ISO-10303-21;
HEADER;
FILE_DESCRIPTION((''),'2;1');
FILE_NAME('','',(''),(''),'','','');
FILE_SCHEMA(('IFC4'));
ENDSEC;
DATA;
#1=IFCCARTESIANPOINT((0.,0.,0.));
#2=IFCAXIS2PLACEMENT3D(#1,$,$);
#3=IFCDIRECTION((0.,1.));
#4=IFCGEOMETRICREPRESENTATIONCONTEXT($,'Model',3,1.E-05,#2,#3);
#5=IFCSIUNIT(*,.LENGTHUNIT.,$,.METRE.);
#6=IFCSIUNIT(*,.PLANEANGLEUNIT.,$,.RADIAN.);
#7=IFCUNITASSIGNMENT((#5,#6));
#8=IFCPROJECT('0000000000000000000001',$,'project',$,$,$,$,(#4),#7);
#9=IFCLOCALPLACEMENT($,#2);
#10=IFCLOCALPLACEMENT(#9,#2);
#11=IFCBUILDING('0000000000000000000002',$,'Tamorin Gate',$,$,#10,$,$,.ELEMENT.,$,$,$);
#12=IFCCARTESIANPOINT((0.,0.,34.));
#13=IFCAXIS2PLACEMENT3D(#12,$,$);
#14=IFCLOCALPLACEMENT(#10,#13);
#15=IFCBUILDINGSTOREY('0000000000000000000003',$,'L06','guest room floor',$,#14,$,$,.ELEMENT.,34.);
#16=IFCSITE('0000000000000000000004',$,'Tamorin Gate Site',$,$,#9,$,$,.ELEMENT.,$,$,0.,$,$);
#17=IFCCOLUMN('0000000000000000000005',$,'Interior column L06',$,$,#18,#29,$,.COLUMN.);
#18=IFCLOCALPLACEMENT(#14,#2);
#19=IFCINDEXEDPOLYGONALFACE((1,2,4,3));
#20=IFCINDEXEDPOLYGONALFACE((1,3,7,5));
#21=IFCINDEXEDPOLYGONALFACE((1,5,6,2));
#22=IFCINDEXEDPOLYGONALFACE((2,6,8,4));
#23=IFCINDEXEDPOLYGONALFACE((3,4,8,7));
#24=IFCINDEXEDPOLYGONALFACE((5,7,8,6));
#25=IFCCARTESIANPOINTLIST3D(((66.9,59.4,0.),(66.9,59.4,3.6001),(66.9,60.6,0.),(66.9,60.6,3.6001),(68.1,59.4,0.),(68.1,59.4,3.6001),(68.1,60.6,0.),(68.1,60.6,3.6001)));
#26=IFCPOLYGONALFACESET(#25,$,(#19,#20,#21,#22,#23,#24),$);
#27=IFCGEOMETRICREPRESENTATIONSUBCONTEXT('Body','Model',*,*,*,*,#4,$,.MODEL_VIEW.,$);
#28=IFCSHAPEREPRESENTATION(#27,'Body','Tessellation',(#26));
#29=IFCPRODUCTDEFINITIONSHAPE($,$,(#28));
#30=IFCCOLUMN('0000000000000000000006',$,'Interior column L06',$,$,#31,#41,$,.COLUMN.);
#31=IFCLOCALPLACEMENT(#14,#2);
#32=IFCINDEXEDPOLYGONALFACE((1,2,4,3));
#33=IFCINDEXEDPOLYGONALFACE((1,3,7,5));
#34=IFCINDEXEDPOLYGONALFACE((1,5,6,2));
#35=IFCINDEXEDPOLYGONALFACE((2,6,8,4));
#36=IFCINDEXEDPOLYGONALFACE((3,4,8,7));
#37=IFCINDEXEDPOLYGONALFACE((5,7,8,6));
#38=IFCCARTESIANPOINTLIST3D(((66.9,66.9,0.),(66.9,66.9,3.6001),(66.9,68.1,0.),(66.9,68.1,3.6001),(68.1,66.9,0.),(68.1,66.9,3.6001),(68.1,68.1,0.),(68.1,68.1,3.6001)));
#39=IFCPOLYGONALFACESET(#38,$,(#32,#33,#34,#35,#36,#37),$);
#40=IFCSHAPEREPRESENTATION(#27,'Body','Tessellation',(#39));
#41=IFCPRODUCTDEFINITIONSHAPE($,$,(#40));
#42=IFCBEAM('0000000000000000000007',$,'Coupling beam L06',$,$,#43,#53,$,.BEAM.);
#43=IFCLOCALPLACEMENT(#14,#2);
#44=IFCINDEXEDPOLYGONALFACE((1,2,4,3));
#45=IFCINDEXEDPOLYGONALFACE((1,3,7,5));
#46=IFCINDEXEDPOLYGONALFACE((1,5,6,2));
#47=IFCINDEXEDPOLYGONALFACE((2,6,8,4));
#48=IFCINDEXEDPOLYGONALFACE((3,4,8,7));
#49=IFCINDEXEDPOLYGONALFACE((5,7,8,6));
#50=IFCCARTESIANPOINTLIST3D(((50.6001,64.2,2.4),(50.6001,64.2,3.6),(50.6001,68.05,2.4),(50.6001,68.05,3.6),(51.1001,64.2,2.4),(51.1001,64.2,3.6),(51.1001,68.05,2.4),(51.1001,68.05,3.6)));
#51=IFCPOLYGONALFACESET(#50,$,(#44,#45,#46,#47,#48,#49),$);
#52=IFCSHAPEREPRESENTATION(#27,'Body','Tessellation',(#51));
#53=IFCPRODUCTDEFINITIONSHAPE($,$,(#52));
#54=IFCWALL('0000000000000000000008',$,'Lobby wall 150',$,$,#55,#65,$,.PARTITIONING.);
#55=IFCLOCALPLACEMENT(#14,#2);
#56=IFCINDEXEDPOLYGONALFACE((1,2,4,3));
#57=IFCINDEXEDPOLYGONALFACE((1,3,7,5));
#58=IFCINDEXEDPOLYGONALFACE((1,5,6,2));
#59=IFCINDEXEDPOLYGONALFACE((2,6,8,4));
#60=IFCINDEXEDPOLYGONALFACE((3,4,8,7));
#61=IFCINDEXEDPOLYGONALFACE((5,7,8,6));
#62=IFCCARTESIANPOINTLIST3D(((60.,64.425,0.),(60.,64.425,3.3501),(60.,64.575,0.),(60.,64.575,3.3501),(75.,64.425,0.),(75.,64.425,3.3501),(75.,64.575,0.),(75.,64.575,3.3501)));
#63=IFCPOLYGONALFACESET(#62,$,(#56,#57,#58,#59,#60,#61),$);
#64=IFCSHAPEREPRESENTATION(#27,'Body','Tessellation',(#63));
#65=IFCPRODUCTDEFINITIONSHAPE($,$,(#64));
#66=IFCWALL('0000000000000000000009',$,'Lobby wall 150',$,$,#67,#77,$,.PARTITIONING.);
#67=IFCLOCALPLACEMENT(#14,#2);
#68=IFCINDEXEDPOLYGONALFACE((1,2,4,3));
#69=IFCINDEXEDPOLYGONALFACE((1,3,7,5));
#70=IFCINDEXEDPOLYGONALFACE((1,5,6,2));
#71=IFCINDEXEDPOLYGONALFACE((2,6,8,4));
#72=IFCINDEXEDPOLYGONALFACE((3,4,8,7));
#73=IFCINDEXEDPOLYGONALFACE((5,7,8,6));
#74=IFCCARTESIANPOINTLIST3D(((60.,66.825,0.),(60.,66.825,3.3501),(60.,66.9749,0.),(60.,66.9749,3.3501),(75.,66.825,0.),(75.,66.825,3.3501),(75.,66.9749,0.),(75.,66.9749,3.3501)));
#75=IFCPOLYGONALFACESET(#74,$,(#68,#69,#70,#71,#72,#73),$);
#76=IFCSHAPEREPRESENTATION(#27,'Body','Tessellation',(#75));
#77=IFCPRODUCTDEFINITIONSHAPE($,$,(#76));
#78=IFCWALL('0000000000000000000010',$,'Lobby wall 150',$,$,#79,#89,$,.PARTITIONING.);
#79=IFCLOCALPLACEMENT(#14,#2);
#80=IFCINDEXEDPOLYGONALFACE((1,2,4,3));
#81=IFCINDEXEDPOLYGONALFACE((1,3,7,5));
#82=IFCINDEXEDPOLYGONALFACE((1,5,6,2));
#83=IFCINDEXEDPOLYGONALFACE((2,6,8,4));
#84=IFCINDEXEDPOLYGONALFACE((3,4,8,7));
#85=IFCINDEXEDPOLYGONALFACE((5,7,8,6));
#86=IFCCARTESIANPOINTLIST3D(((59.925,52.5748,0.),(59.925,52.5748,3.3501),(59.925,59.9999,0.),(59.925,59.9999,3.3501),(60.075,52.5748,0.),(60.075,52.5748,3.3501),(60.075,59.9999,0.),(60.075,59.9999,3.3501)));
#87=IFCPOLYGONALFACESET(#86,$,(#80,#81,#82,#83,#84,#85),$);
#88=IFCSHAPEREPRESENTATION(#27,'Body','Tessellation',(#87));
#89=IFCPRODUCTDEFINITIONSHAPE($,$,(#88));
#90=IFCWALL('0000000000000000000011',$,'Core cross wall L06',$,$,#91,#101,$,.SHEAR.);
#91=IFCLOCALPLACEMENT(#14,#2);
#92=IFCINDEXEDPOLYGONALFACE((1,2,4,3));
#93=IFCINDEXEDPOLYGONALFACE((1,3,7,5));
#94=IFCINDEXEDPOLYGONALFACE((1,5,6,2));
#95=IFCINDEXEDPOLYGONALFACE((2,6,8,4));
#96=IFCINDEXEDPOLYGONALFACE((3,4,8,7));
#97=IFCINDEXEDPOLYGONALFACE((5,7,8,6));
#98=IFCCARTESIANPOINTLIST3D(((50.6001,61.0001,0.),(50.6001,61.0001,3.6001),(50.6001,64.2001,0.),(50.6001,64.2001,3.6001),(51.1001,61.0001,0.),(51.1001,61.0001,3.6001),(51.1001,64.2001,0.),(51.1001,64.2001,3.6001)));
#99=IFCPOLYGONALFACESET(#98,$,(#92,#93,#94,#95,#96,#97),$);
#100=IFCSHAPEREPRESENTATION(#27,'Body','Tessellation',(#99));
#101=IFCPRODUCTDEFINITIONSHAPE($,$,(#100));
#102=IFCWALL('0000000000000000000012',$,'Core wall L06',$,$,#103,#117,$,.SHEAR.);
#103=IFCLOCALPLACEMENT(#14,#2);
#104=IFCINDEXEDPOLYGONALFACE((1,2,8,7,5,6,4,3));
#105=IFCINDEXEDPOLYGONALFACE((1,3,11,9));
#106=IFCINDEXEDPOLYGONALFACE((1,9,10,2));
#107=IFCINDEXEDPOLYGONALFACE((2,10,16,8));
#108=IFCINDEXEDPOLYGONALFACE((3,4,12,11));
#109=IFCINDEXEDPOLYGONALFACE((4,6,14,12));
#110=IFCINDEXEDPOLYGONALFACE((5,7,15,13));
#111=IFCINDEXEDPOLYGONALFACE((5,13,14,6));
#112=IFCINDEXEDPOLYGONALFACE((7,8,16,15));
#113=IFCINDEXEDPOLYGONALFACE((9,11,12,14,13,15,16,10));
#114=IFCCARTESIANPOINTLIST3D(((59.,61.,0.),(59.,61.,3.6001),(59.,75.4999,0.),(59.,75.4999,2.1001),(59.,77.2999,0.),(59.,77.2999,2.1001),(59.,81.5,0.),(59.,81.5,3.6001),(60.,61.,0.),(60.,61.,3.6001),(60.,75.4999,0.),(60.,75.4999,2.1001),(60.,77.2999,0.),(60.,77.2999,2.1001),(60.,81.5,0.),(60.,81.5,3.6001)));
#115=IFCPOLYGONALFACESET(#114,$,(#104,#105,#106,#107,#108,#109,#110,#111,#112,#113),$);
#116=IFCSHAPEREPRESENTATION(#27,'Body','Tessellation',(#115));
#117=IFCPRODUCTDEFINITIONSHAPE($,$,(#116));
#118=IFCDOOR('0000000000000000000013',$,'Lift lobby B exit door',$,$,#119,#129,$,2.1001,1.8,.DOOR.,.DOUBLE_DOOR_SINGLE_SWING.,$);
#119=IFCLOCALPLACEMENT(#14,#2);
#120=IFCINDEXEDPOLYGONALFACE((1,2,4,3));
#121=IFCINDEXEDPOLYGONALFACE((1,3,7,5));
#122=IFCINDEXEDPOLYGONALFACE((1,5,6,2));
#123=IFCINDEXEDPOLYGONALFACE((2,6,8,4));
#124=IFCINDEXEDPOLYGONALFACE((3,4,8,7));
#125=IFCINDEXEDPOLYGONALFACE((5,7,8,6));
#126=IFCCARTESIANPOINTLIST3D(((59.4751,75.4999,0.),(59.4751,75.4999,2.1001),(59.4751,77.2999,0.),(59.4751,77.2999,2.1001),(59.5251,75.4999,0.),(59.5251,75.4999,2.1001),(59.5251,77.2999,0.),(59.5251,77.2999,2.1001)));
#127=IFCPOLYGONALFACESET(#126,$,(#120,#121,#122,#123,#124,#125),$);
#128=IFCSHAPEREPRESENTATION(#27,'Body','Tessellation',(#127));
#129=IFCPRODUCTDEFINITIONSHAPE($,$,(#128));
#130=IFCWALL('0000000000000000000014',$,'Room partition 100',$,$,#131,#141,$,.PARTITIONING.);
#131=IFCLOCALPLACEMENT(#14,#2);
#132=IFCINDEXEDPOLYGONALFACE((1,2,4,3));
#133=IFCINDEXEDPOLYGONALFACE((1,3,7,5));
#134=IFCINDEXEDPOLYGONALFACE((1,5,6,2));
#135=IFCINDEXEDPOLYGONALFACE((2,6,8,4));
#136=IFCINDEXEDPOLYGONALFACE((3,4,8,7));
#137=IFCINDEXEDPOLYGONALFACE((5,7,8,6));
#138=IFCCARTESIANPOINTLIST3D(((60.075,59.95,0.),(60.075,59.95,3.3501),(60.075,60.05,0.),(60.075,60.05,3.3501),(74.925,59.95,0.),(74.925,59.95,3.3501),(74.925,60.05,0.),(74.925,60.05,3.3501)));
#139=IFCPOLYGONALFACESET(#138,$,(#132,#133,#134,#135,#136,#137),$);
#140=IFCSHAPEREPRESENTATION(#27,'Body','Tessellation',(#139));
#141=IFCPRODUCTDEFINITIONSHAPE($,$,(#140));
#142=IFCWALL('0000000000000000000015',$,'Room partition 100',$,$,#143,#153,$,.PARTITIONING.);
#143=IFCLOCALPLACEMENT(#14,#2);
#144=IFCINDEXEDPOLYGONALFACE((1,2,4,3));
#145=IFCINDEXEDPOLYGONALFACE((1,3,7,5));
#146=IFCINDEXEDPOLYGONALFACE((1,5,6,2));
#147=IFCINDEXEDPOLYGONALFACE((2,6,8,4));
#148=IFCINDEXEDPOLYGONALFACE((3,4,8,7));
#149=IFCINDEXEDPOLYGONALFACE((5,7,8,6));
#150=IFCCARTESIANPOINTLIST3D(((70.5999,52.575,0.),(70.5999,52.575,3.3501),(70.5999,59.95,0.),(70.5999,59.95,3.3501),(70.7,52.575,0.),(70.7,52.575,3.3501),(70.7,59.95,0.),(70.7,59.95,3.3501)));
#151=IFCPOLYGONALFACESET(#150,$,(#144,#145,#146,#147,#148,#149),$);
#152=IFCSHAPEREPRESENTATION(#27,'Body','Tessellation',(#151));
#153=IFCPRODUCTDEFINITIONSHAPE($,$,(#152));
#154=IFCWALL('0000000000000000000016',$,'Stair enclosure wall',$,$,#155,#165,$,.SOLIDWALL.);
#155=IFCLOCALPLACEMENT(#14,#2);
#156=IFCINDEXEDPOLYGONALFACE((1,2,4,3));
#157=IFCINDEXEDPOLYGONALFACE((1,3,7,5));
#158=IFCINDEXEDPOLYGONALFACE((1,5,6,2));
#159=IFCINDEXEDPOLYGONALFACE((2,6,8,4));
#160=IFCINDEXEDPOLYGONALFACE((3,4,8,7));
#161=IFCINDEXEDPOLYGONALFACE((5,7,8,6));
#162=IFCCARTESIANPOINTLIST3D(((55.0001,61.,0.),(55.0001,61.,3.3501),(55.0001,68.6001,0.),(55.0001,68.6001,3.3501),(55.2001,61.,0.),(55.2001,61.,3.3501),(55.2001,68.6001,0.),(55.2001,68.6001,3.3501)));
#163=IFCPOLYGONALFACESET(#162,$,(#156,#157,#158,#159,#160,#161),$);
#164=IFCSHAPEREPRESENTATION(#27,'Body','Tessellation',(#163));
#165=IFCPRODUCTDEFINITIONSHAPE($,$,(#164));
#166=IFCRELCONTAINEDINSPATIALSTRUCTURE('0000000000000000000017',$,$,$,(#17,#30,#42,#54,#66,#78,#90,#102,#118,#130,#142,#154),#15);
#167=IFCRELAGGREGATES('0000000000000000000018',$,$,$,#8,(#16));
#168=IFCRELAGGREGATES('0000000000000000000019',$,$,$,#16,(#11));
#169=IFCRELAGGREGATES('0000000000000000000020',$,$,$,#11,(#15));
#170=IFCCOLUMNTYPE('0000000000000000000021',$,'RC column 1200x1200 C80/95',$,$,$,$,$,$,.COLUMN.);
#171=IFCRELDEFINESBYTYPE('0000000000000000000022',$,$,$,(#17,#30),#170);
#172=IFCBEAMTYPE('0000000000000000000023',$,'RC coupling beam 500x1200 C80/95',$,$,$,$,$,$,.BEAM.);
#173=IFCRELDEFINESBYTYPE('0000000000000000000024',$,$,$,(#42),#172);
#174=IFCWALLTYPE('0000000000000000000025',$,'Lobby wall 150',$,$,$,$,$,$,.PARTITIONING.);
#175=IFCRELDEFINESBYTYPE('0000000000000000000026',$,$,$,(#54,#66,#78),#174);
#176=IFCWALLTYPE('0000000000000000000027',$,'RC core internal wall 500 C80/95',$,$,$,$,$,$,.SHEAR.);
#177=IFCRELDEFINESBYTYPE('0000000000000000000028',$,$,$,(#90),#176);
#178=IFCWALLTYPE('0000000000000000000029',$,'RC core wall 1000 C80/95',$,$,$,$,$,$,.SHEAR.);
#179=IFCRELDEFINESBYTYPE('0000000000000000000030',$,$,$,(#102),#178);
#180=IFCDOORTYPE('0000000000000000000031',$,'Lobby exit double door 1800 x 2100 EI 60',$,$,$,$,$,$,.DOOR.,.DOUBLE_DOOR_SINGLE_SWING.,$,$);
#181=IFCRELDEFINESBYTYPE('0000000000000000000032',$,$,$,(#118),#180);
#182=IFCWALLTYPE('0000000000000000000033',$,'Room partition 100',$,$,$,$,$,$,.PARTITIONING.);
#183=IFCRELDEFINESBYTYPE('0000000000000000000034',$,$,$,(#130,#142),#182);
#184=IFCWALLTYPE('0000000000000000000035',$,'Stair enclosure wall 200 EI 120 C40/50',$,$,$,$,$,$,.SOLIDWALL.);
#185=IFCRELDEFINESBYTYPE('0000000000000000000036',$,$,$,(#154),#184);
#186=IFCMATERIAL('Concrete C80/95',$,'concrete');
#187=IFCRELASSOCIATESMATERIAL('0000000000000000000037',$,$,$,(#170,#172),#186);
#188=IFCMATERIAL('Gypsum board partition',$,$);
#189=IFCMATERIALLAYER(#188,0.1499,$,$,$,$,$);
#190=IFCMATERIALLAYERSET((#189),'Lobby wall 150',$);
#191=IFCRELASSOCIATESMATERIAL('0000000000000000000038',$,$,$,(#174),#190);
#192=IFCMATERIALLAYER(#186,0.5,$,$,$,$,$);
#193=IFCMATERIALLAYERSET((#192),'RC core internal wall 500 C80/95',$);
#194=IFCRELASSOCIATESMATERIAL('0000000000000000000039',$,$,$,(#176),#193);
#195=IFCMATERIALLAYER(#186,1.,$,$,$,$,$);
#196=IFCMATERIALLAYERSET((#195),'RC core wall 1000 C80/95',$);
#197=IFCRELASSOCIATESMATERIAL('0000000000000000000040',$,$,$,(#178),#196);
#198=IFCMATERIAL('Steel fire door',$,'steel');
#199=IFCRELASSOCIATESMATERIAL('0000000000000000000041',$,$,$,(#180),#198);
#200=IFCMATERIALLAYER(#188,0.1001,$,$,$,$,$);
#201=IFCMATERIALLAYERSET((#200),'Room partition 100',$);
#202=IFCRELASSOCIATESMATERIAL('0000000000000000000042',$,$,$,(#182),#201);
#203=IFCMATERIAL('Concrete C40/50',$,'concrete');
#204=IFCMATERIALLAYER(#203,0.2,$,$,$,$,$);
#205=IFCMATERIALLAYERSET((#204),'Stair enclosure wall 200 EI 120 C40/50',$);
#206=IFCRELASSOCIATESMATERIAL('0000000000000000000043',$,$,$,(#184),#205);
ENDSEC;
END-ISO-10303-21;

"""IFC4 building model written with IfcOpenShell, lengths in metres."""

from ifc_helpers import new_model, si_unit, direction, frame, frame_2d, origin, origin_2d, place, context, subcontext, project, spatial, rectangle, extrude, material, layer, layer_set, material_profile, profile_set, type_object, element, fill, save


model = new_model("IFC4")

# Units and contexts
model_context = context("Model", 3, precision=1e-05, world=origin(), true_north=direction((0.0, 1.0)))
body_context = subcontext(model_context, "Body", "Model", "MODEL_VIEW")
ifc_project = project(units=[si_unit("LENGTHUNIT", "METRE"), si_unit("PLANEANGLEUNIT", "RADIAN")], contexts=[model_context])

# Site, building, storey
site_placement = place(None, origin())
site = spatial("IfcSite", under=ifc_project, at=site_placement, Name="Tamorin Gate Site", CompositionType="ELEMENT", RefElevation=0.0)
building_placement = place(site_placement, origin())
building = spatial("IfcBuilding", under=site, at=building_placement, Name="Tamorin Gate", CompositionType="ELEMENT")
storey_placement = place(building_placement, frame((0.0, 0.0, 34.0)))
storey = spatial("IfcBuildingStorey", under=building, at=storey_placement, Name="L06", Description="guest room floor", CompositionType="ELEMENT", Elevation=34.0)

# Columns
ifc_material_1 = material(Name="Concrete C80/95", Category="concrete")
ifc_material_profile_1 = material_profile(ifc_material_1, rectangle(XDim=1.2, YDim=1.2, at=origin_2d()), Name="RC 1200x1200")
ifc_profile_set_1 = profile_set([ifc_material_profile_1], Name="Concrete C80/95")
column_type = type_object("IfcColumnType", Name="RC column 1200x1200 C80/95", PredefinedType="COLUMN", material=ifc_profile_set_1)
for number, where, z_axis, x_axis, name in (
    (1, (67.5, 60.0, 0.0), (0.0, 0.0, 1.0), (1.0, 0.0, 0.0), "Interior column L06"),
    (2, (67.5, 67.5, 0.0), (0.0, 0.0, 1.0), (1.0, 0.0, 0.0), "Interior column L06"),
):
    element("IfcColumn", number, at=place(storey_placement, frame(where, z_axis=z_axis, x_axis=x_axis)), inside=storey, type_object=column_type, Name=name, PredefinedType="COLUMN", context=body_context, shape_type="SweptSolid", body=[
        extrude(rectangle(XDim=1.2, YDim=1.2, at=origin_2d()), origin(), (0.0, 0.0, 1.0), 3.6001),
    ])

# Beam
ifc_material_profile_2 = material_profile(ifc_material_1, rectangle(XDim=0.5, YDim=1.2, at=origin_2d()), Name="RC 500x1200")
ifc_profile_set_2 = profile_set([ifc_material_profile_2], Name="Concrete C80/95")
beam_type = type_object("IfcBeamType", Name="RC coupling beam 500x1200 C80/95", PredefinedType="BEAM", material=ifc_profile_set_2)
beam_placement = place(storey_placement, frame((50.8501, 64.2, 3.0), z_axis=(0.0, 1.0, 0.0), x_axis=(-1.0, 0.0, 0.0)))
element("IfcBeam", 3, at=beam_placement, inside=storey, type_object=beam_type, Name="Coupling beam L06", PredefinedType="BEAM", context=body_context, shape_type="SweptSolid", body=[
    extrude(rectangle(XDim=0.5, YDim=1.2, at=origin_2d()), origin(), (0.0, 0.0, 1.0), 3.8501),
])

# Walls
ifc_material_2 = material(Name="Gypsum board partition")
ifc_layer_1 = layer(ifc_material_2, 0.1499)
ifc_layer_set_1 = layer_set([ifc_layer_1], Name="Lobby wall 150")
wall_type_1 = type_object("IfcWallType", Name="Lobby wall 150", PredefinedType="PARTITIONING", material=ifc_layer_set_1)
for number, where, z_axis, x_axis, name in (
    (4, (60.0, 64.5, 0.0), (0.0, 0.0, 1.0), (1.0, 0.0, 0.0), "Lobby wall 150"),
    (5, (60.0, 66.8999, 0.0), (0.0, 0.0, 1.0), (1.0, 0.0, 0.0), "Lobby wall 150"),
):
    element("IfcWall", number, at=place(storey_placement, frame(where, z_axis=z_axis, x_axis=x_axis)), inside=storey, type_object=wall_type_1, Name=name, PredefinedType="PARTITIONING", context=body_context, shape_type="SweptSolid", body=[
        extrude(rectangle(XDim=15.0, YDim=0.1499, at=frame_2d((7.5, 0.0))), origin(), (0.0, 0.0, 1.0), 3.3501),
    ])
wall_1_placement = place(storey_placement, frame((60.0, 52.575, 0.0), z_axis=(0.0, 0.0, 1.0), x_axis=(0.0, 1.0, 0.0)))
element("IfcWall", 6, at=wall_1_placement, inside=storey, type_object=wall_type_1, Name="Lobby wall 150", PredefinedType="PARTITIONING", context=body_context, shape_type="SweptSolid", body=[
    extrude(rectangle(XDim=7.425, YDim=0.1499, at=frame_2d((3.7124, 0.0))), origin(), (0.0, 0.0, 1.0), 3.3501),
])
ifc_layer_2 = layer(ifc_material_1, 0.5)
ifc_layer_set_2 = layer_set([ifc_layer_2], Name="RC core internal wall 500 C80/95")
wall_type_2 = type_object("IfcWallType", Name="RC core internal wall 500 C80/95", PredefinedType="SHEAR", material=ifc_layer_set_2)
wall_2_placement = place(storey_placement, frame((50.8501, 61.0, 0.0), z_axis=(0.0, 0.0, 1.0), x_axis=(0.0, 1.0, 0.0)))
element("IfcWall", 7, at=wall_2_placement, inside=storey, type_object=wall_type_2, Name="Core cross wall L06", PredefinedType="SHEAR", context=body_context, shape_type="SweptSolid", body=[
    extrude(rectangle(XDim=3.2, YDim=0.5, at=frame_2d((1.6001, 0.0))), origin(), (0.0, 0.0, 1.0), 3.6001),
])

# Wall, opening, door
ifc_layer_3 = layer(ifc_material_1, 1.0)
ifc_layer_set_3 = layer_set([ifc_layer_3], Name="RC core wall 1000 C80/95")
wall_type_3 = type_object("IfcWallType", Name="RC core wall 1000 C80/95", PredefinedType="SHEAR", material=ifc_layer_set_3)
wall_3_placement = place(storey_placement, frame((59.5, 61.0, 0.0), z_axis=(0.0, 0.0, 1.0), x_axis=(0.0, 1.0, 0.0)))
wall_3 = element("IfcWall", 8, at=wall_3_placement, inside=storey, type_object=wall_type_3, Name="Core wall L06", PredefinedType="SHEAR", context=body_context, shape_type="SweptSolid", body=[
    extrude(rectangle(XDim=20.5, YDim=1.0, at=frame_2d((10.25, 0.0))), origin(), (0.0, 0.0, 1.0), 3.6001),
])
opening_placement = place(wall_3_placement, frame((14.5, 0.0, 0.0)))
opening = element("IfcOpeningElement", 9, at=opening_placement, cuts=wall_3, PredefinedType="OPENING", context=body_context, shape_type="SweptSolid", body=[
    extrude(rectangle(XDim=1.8, YDim=2.1001, at=frame_2d((0.8999, 1.05))), frame((0.0, 0.51, 0.0), z_axis=(0.0, -1.0, 0.0), x_axis=(1.0, 0.0, 0.0)), (0.0, 0.0, 1.0), 1.02),
])
ifc_material_3 = material(Name="Steel fire door", Category="steel")
door_type = type_object("IfcDoorType", Name="Lobby exit double door 1800 x 2100 EI 60", OperationType="DOUBLE_DOOR_SINGLE_SWING", PredefinedType="DOOR", material=ifc_material_3)
door_placement = place(opening_placement, origin())
door = element("IfcDoor", 10, at=door_placement, inside=storey, type_object=door_type, Name="Lift lobby B exit door", OperationType="DOUBLE_DOOR_SINGLE_SWING", OverallHeight=2.1001, OverallWidth=1.8, PredefinedType="DOOR", context=body_context, shape_type="SweptSolid", body=[
    extrude(rectangle(XDim=1.8, YDim=2.1001, at=frame_2d((0.8999, 1.05))), frame((0.0, 0.0249, 0.0), z_axis=(0.0, -1.0, 0.0), x_axis=(1.0, 0.0, 0.0)), (0.0, 0.0, 1.0), 0.05),
])
fill(opening, door)

# Walls
ifc_layer_4 = layer(ifc_material_2, 0.1001)
ifc_layer_set_4 = layer_set([ifc_layer_4], Name="Room partition 100")
wall_type_4 = type_object("IfcWallType", Name="Room partition 100", PredefinedType="PARTITIONING", material=ifc_layer_set_4)
wall_4_placement = place(storey_placement, frame((60.075, 60.0, 0.0), z_axis=(0.0, 0.0, 1.0), x_axis=(1.0, 0.0, 0.0)))
element("IfcWall", 11, at=wall_4_placement, inside=storey, type_object=wall_type_4, Name="Room partition 100", PredefinedType="PARTITIONING", context=body_context, shape_type="SweptSolid", body=[
    extrude(rectangle(XDim=14.8501, YDim=0.1001, at=frame_2d((7.425, 0.0))), origin(), (0.0, 0.0, 1.0), 3.3501),
])
wall_5_placement = place(storey_placement, frame((70.6499, 52.575, 0.0), z_axis=(0.0, 0.0, 1.0), x_axis=(0.0, 1.0, 0.0)))
element("IfcWall", 12, at=wall_5_placement, inside=storey, type_object=wall_type_4, Name="Room partition 100", PredefinedType="PARTITIONING", context=body_context, shape_type="SweptSolid", body=[
    extrude(rectangle(XDim=7.375, YDim=0.1001, at=frame_2d((3.6875, 0.0))), origin(), (0.0, 0.0, 1.0), 3.3501),
])
ifc_material_4 = material(Name="Concrete C40/50", Category="concrete")
ifc_layer_5 = layer(ifc_material_4, 0.2)
ifc_layer_set_5 = layer_set([ifc_layer_5], Name="Stair enclosure wall 200 EI 120 C40/50")
wall_type_5 = type_object("IfcWallType", Name="Stair enclosure wall 200 EI 120 C40/50", PredefinedType="SOLIDWALL", material=ifc_layer_set_5)
wall_6_placement = place(storey_placement, frame((55.1001, 61.0, 0.0), z_axis=(0.0, 0.0, 1.0), x_axis=(0.0, 1.0, 0.0)))
element("IfcWall", 13, at=wall_6_placement, inside=storey, type_object=wall_type_5, Name="Stair enclosure wall", PredefinedType="SOLIDWALL", context=body_context, shape_type="SweptSolid", body=[
    extrude(rectangle(XDim=7.6001, YDim=0.2, at=frame_2d((3.8, 0.0))), origin(), (0.0, 0.0, 1.0), 3.3501),
])

save(model, "model.ifc")
